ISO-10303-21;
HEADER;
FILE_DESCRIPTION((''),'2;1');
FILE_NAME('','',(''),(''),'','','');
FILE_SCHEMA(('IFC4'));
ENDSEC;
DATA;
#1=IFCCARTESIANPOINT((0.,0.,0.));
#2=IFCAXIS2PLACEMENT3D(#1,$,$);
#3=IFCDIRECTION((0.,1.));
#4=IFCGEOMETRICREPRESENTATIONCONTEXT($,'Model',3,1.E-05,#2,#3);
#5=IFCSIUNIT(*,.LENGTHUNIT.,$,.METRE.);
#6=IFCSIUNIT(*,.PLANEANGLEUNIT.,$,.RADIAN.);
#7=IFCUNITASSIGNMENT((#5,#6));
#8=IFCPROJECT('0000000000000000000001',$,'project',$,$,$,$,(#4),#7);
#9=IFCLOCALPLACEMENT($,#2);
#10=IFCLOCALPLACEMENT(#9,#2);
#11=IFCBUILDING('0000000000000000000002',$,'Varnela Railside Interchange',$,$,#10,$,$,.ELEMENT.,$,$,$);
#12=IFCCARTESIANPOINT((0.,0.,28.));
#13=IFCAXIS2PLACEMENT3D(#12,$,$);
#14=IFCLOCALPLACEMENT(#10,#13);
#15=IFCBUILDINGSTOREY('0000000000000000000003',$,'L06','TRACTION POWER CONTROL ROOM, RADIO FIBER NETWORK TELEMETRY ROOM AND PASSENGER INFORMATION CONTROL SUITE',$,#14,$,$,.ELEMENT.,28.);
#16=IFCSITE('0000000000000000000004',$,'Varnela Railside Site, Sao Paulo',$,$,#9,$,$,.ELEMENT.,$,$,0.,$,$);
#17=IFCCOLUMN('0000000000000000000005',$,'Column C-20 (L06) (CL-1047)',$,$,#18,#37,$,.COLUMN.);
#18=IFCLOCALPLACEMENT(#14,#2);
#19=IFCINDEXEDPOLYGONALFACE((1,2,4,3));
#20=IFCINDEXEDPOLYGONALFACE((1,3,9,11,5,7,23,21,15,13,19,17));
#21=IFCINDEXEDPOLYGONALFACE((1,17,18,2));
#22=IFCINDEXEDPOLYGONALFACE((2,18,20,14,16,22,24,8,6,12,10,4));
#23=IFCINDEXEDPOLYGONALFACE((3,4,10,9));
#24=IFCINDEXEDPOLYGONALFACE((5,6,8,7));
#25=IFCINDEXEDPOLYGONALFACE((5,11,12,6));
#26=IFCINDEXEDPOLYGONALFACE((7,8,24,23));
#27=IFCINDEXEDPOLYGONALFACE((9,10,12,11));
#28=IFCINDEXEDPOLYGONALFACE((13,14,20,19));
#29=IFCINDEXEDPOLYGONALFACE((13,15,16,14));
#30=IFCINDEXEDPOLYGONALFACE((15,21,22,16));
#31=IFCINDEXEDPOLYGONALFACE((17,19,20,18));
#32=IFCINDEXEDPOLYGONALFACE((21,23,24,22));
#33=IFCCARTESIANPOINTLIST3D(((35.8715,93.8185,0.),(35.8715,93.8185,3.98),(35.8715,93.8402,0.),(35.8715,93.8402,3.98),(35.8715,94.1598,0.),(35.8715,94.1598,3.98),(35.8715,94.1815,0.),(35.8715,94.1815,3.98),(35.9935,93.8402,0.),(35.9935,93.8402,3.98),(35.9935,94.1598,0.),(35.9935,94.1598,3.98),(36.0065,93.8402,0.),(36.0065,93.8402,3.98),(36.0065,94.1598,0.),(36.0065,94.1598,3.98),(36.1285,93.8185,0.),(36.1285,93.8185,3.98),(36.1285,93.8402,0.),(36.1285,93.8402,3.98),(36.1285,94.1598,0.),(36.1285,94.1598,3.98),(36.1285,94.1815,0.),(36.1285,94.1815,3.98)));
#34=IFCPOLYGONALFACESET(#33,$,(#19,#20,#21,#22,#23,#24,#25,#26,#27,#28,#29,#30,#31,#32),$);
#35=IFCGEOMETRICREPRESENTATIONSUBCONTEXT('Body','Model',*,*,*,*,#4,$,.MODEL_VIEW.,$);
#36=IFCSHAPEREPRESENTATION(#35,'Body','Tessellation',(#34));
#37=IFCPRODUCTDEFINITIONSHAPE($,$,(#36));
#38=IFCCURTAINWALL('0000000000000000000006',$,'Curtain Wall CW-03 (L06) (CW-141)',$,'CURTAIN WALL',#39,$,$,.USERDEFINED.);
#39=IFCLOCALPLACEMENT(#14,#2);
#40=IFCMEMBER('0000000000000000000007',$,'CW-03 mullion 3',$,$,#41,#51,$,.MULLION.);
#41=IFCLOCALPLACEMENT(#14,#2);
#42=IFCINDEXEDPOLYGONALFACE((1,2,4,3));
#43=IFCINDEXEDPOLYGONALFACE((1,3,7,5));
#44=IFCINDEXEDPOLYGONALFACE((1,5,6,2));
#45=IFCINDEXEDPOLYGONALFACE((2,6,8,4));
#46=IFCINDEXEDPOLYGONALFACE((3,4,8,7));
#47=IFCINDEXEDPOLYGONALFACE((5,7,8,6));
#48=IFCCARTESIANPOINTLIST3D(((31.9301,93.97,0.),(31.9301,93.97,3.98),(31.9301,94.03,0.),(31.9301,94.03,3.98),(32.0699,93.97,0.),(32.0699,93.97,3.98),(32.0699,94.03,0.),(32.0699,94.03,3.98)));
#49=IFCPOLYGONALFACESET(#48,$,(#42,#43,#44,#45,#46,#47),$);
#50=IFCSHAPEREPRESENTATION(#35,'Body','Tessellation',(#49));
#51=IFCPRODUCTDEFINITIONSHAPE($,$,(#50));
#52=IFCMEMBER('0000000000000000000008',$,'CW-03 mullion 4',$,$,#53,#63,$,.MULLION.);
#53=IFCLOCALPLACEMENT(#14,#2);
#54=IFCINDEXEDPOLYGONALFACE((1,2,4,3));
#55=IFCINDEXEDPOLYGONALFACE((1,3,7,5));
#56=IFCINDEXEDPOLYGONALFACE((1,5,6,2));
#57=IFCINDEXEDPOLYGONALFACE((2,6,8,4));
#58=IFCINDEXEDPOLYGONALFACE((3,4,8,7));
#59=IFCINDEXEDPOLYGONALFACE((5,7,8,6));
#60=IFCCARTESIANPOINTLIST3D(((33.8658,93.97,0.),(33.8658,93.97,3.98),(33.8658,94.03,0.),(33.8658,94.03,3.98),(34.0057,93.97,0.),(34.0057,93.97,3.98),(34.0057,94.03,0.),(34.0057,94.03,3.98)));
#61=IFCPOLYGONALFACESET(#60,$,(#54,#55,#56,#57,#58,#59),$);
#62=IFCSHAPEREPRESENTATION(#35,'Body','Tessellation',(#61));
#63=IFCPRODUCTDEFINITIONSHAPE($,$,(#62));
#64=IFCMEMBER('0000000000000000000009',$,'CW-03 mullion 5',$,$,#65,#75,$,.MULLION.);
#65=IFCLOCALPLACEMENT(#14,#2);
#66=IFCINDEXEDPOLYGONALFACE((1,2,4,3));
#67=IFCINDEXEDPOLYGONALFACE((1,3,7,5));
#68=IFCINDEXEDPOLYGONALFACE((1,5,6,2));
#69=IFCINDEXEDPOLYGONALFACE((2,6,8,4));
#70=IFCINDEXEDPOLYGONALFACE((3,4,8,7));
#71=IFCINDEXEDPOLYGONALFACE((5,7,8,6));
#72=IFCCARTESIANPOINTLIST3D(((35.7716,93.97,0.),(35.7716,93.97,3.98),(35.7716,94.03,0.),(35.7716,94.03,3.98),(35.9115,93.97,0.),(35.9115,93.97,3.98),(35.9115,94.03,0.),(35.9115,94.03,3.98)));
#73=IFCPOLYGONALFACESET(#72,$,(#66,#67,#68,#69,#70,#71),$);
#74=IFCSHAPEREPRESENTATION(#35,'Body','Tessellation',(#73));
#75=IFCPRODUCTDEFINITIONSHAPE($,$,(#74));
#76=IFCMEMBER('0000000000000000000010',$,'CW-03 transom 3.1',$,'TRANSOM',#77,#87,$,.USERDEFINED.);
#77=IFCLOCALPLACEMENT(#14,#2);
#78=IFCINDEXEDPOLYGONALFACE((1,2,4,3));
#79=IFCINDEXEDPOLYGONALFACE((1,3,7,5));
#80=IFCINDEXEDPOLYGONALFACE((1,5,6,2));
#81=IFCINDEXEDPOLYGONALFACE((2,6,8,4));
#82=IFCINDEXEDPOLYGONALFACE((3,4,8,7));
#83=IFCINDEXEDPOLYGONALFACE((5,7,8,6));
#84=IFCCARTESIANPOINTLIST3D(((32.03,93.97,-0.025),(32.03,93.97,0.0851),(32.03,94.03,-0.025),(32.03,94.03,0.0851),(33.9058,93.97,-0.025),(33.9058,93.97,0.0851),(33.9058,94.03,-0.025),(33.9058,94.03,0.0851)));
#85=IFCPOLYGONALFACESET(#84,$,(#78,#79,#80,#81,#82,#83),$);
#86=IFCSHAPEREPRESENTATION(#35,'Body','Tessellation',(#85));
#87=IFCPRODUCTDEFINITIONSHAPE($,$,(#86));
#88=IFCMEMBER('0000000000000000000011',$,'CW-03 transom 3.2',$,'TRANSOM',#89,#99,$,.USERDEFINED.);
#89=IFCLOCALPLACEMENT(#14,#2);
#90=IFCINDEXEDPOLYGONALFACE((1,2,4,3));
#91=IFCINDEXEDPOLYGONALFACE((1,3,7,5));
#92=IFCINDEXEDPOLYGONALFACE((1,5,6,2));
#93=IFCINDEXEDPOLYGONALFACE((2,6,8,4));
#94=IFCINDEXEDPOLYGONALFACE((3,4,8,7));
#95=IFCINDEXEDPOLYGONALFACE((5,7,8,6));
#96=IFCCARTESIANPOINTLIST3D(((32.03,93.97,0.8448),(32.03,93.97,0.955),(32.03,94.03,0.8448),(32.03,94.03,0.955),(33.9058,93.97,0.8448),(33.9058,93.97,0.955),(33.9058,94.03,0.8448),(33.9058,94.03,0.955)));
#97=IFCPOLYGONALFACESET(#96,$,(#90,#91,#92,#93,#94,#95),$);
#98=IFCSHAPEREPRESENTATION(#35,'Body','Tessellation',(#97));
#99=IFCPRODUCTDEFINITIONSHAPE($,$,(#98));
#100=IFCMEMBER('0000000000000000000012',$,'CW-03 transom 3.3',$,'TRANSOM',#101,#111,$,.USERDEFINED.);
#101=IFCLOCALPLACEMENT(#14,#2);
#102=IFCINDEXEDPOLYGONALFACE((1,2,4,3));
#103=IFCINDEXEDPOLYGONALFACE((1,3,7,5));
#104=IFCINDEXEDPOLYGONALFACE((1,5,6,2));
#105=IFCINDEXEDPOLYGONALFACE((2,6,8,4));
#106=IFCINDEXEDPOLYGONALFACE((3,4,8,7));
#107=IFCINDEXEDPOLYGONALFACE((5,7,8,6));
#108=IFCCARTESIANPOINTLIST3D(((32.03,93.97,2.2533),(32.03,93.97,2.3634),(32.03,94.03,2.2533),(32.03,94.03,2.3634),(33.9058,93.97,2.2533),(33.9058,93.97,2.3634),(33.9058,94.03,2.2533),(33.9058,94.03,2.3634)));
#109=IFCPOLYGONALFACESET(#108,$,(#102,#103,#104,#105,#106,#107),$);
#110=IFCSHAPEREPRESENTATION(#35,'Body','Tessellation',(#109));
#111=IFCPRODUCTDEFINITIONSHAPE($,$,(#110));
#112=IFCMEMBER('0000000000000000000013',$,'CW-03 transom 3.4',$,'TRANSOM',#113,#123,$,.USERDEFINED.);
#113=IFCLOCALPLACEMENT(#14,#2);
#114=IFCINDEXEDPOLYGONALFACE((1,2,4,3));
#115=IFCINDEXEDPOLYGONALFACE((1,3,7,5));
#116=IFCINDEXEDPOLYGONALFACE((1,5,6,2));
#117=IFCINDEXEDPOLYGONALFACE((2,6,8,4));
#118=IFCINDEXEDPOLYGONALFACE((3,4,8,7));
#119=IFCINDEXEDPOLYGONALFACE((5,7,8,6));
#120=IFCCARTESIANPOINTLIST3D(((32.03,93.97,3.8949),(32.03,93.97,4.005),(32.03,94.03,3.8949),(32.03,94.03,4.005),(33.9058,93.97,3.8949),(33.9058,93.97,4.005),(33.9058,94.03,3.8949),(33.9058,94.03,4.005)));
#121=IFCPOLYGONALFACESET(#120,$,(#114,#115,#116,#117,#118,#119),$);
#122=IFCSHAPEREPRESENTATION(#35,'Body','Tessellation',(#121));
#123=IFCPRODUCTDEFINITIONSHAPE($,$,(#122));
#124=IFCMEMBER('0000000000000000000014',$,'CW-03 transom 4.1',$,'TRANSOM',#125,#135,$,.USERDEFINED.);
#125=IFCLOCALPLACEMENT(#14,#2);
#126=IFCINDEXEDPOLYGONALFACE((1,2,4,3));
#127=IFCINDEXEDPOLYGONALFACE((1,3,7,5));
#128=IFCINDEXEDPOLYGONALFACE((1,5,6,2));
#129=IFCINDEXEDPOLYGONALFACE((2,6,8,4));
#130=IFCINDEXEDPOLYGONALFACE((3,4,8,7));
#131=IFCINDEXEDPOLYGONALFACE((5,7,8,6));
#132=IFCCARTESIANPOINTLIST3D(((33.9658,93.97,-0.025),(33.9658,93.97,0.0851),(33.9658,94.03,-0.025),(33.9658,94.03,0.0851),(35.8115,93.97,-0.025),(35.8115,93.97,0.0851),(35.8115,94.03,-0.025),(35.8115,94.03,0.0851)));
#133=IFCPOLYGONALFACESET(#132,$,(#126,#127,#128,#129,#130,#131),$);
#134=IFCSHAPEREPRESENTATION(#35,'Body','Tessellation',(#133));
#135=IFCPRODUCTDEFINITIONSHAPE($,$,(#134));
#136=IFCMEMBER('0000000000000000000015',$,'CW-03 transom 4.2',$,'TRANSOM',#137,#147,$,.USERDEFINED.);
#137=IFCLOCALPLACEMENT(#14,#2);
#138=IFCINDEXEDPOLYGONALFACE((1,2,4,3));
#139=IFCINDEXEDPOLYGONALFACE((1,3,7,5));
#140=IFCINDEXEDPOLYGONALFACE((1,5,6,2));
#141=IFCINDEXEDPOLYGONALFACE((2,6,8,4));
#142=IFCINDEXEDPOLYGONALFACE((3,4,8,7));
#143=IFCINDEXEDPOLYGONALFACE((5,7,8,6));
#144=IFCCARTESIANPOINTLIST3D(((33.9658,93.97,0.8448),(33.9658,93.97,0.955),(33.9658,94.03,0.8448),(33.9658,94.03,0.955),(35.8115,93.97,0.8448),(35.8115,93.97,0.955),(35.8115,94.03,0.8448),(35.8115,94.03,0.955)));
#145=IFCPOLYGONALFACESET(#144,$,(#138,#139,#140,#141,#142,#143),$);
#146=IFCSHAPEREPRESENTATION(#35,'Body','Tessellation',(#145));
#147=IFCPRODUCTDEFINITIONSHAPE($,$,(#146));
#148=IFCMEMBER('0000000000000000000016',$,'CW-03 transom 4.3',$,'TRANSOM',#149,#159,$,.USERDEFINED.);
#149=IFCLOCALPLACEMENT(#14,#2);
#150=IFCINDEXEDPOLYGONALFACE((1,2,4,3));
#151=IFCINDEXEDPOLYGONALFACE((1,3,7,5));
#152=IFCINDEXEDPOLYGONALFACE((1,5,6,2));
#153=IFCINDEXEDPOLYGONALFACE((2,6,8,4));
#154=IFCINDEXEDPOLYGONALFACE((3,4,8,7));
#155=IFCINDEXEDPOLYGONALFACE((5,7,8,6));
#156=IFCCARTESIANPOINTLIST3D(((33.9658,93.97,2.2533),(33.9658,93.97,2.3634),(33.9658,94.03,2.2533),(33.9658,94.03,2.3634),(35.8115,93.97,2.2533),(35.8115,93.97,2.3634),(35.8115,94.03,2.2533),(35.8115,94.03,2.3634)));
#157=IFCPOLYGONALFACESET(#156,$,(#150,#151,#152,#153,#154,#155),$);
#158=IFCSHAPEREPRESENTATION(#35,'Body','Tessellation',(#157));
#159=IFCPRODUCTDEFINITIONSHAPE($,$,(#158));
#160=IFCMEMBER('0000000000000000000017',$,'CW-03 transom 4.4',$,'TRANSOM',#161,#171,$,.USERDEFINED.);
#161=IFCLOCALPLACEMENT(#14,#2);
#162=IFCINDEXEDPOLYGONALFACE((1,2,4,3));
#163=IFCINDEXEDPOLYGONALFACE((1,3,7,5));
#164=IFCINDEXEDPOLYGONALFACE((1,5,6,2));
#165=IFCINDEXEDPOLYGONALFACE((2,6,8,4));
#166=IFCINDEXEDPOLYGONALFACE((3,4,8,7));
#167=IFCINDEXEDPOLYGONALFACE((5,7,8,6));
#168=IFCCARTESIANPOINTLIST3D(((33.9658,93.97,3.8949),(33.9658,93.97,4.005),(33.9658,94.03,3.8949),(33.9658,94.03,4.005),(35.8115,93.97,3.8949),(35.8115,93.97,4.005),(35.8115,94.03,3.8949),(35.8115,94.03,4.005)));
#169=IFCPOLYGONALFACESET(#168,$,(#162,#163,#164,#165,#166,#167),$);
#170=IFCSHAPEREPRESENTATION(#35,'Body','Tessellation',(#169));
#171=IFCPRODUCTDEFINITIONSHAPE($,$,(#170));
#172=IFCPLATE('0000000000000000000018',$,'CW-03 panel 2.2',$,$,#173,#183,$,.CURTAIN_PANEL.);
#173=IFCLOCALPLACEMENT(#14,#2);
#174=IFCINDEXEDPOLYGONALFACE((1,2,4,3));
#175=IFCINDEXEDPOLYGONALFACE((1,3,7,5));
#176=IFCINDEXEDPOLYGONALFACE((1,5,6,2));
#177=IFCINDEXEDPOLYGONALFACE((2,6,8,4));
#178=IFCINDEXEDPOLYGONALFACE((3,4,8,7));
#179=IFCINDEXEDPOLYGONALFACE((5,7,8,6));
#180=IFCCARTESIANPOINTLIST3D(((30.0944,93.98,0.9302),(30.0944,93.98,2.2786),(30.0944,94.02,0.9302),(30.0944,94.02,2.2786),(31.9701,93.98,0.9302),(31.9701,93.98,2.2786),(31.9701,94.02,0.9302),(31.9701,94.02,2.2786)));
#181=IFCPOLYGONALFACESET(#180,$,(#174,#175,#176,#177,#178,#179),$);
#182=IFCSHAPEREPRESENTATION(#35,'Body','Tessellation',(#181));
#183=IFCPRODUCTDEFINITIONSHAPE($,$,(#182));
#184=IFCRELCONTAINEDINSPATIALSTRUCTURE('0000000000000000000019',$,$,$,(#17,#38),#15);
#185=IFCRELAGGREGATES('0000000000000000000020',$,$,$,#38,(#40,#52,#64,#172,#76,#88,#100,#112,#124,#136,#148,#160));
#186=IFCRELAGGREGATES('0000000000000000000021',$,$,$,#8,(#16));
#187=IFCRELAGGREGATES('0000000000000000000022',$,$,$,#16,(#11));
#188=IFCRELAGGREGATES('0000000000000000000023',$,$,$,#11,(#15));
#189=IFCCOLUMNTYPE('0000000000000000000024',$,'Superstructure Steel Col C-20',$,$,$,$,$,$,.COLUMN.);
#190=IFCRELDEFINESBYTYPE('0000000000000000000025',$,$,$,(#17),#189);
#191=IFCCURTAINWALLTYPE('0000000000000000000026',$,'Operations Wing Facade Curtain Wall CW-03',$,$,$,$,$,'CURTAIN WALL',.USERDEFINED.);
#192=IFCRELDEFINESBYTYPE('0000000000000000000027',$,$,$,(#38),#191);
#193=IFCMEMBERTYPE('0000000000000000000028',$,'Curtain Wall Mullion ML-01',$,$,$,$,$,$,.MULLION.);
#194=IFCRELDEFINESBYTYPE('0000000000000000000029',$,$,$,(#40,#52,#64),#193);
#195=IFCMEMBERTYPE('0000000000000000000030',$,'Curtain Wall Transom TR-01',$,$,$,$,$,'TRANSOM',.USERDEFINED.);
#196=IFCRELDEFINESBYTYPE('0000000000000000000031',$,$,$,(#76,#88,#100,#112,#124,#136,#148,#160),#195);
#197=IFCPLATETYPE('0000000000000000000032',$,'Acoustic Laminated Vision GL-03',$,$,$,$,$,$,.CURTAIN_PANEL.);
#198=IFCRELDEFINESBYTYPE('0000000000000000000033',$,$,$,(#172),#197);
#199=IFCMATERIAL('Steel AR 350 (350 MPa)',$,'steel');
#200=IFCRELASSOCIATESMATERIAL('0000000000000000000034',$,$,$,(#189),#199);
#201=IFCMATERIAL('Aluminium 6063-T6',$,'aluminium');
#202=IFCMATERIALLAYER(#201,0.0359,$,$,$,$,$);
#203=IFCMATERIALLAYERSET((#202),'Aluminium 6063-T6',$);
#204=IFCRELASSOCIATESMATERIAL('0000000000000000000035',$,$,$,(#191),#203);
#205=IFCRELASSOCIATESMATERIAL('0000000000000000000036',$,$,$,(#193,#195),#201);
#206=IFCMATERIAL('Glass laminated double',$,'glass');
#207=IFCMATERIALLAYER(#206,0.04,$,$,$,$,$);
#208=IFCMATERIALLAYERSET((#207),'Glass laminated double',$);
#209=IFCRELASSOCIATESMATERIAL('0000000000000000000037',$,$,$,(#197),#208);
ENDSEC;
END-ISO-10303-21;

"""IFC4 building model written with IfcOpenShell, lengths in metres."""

from ifc_helpers import new_model, si_unit, direction, frame, origin, origin_2d, place, context, subcontext, project, spatial, rectangle, i_section, extrude, material, layer, layer_set, material_profile, profile_set, type_object, element, aggregate, save


model = new_model("IFC4")

# Units and contexts
model_context = context("Model", 3, precision=1e-05, world=origin(), true_north=direction((0.0, 1.0)))
body_context = subcontext(model_context, "Body", "Model", "MODEL_VIEW")
ifc_project = project(units=[si_unit("LENGTHUNIT", "METRE"), si_unit("PLANEANGLEUNIT", "RADIAN")], contexts=[model_context])

# Site, building, storey
site_placement = place(None, origin())
site = spatial("IfcSite", under=ifc_project, at=site_placement, Name="Varnela Railside Site, Sao Paulo", CompositionType="ELEMENT", RefElevation=0.0)
building_placement = place(site_placement, origin())
building = spatial("IfcBuilding", under=site, at=building_placement, Name="Varnela Railside Interchange", CompositionType="ELEMENT")
storey_placement = place(building_placement, frame((0.0, 0.0, 28.0)))
storey = spatial("IfcBuildingStorey", under=building, at=storey_placement, Name="L06", Description="TRACTION POWER CONTROL ROOM, RADIO FIBER NETWORK TELEMETRY ROOM AND PASSENGER INFORMATION CONTROL SUITE", CompositionType="ELEMENT", Elevation=28.0)

# Column
ifc_material_1 = material(Name="Steel AR 350 (350 MPa)", Category="steel")
ifc_material_profile_1 = material_profile(ifc_material_1, i_section(OverallWidth=0.2571, OverallDepth=0.363, WebThickness=0.0129, FlangeThickness=0.0217, at=origin_2d()), Name="W360x122")
ifc_profile_set_1 = profile_set([ifc_material_profile_1], Name="Steel AR 350 (350 MPa)")
column_type = type_object("IfcColumnType", Name="Superstructure Steel Col C-20", PredefinedType="COLUMN", material=ifc_profile_set_1)
column_placement = place(storey_placement, frame((36.0, 94.0, 0.0), z_axis=(0.0, 0.0, 1.0), x_axis=(1.0, 0.0, 0.0)))
element("IfcColumn", 1, at=column_placement, inside=storey, type_object=column_type, Name="Column C-20 (L06) (CL-1047)", PredefinedType="COLUMN", context=body_context, shape_type="SweptSolid", body=[
    extrude(i_section(OverallWidth=0.2571, OverallDepth=0.363, WebThickness=0.0129, FlangeThickness=0.0217, at=origin_2d()), origin(), (0.0, 0.0, 1.0), 3.98),
])

# Curtain wall, members, plate
ifc_material_2 = material(Name="Aluminium 6063-T6", Category="aluminium")
ifc_layer_1 = layer(ifc_material_2, 0.0359)
ifc_layer_set_1 = layer_set([ifc_layer_1], Name="Aluminium 6063-T6")
curtain_wall_type = type_object("IfcCurtainWallType", Name="Operations Wing Facade Curtain Wall CW-03", ElementType="CURTAIN WALL", PredefinedType="USERDEFINED", material=ifc_layer_set_1)
curtain_wall_placement = place(storey_placement, origin())
curtain_wall = element("IfcCurtainWall", 2, at=curtain_wall_placement, inside=storey, type_object=curtain_wall_type, Name="Curtain Wall CW-03 (L06) (CW-141)", ObjectType="CURTAIN WALL", PredefinedType="USERDEFINED")
ifc_material_profile_2 = material_profile(ifc_material_2, rectangle(XDim=0.0601, YDim=0.1399, at=origin_2d()), Name="ALU 60x140")
ifc_profile_set_2 = profile_set([ifc_material_profile_2], Name="Aluminium 6063-T6")
member_type_1 = type_object("IfcMemberType", Name="Curtain Wall Mullion ML-01", PredefinedType="MULLION", material=ifc_profile_set_2)
member_1_placement = place(storey_placement, frame((32.0, 94.0, 0.0), z_axis=(0.0, 0.0, 1.0), x_axis=(0.0, 1.0, 0.0)))
member_1 = element("IfcMember", 3, at=member_1_placement, type_object=member_type_1, Name="CW-03 mullion 3", PredefinedType="MULLION", context=body_context, shape_type="SweptSolid", body=[
    extrude(rectangle(XDim=0.0601, YDim=0.1399, at=origin_2d()), origin(), (0.0, 0.0, 1.0), 3.98),
])
member_2_placement = place(storey_placement, frame((33.9358, 94.0, 0.0), z_axis=(0.0, 0.0, 1.0), x_axis=(0.0, 1.0, 0.0)))
member_2 = element("IfcMember", 4, at=member_2_placement, type_object=member_type_1, Name="CW-03 mullion 4", PredefinedType="MULLION", context=body_context, shape_type="SweptSolid", body=[
    extrude(rectangle(XDim=0.0601, YDim=0.1399, at=origin_2d()), origin(), (0.0, 0.0, 1.0), 3.98),
])
member_3_placement = place(storey_placement, frame((35.8416, 94.0, 0.0), z_axis=(0.0, 0.0, 1.0), x_axis=(0.0, 1.0, 0.0)))
member_3 = element("IfcMember", 5, at=member_3_placement, type_object=member_type_1, Name="CW-03 mullion 5", PredefinedType="MULLION", context=body_context, shape_type="SweptSolid", body=[
    extrude(rectangle(XDim=0.0601, YDim=0.1399, at=origin_2d()), origin(), (0.0, 0.0, 1.0), 3.98),
])
ifc_material_profile_3 = material_profile(ifc_material_2, rectangle(XDim=0.0601, YDim=0.1101, at=origin_2d()), Name="ALU 60x110")
ifc_profile_set_3 = profile_set([ifc_material_profile_3], Name="Aluminium 6063-T6")
member_type_2 = type_object("IfcMemberType", Name="Curtain Wall Transom TR-01", ElementType="TRANSOM", PredefinedType="USERDEFINED", material=ifc_profile_set_3)
member_4_placement = place(storey_placement, frame((32.03, 94.0, 0.03), z_axis=(1.0, 0.0, 0.0), x_axis=(0.0, 1.0, 0.0)))
member_4 = element("IfcMember", 6, at=member_4_placement, type_object=member_type_2, Name="CW-03 transom 3.1", ObjectType="TRANSOM", PredefinedType="USERDEFINED", context=body_context, shape_type="SweptSolid", body=[
    extrude(rectangle(XDim=0.0601, YDim=0.1101, at=origin_2d()), origin(), (0.0, 0.0, 1.0), 1.8757),
])
member_5_placement = place(storey_placement, frame((32.03, 94.0, 0.8999), z_axis=(1.0, 0.0, 0.0), x_axis=(0.0, 1.0, 0.0)))
member_5 = element("IfcMember", 7, at=member_5_placement, type_object=member_type_2, Name="CW-03 transom 3.2", ObjectType="TRANSOM", PredefinedType="USERDEFINED", context=body_context, shape_type="SweptSolid", body=[
    extrude(rectangle(XDim=0.0601, YDim=0.1101, at=origin_2d()), origin(), (0.0, 0.0, 1.0), 1.8757),
])
member_6_placement = place(storey_placement, frame((32.03, 94.0, 2.3083), z_axis=(1.0, 0.0, 0.0), x_axis=(0.0, 1.0, 0.0)))
member_6 = element("IfcMember", 8, at=member_6_placement, type_object=member_type_2, Name="CW-03 transom 3.3", ObjectType="TRANSOM", PredefinedType="USERDEFINED", context=body_context, shape_type="SweptSolid", body=[
    extrude(rectangle(XDim=0.0601, YDim=0.1101, at=origin_2d()), origin(), (0.0, 0.0, 1.0), 1.8757),
])
member_7_placement = place(storey_placement, frame((32.03, 94.0, 3.95), z_axis=(1.0, 0.0, 0.0), x_axis=(0.0, 1.0, 0.0)))
member_7 = element("IfcMember", 9, at=member_7_placement, type_object=member_type_2, Name="CW-03 transom 3.4", ObjectType="TRANSOM", PredefinedType="USERDEFINED", context=body_context, shape_type="SweptSolid", body=[
    extrude(rectangle(XDim=0.0601, YDim=0.1101, at=origin_2d()), origin(), (0.0, 0.0, 1.0), 1.8757),
])
member_8_placement = place(storey_placement, frame((33.9658, 94.0, 0.03), z_axis=(1.0, 0.0, 0.0), x_axis=(0.0, 1.0, 0.0)))
member_8 = element("IfcMember", 10, at=member_8_placement, type_object=member_type_2, Name="CW-03 transom 4.1", ObjectType="TRANSOM", PredefinedType="USERDEFINED", context=body_context, shape_type="SweptSolid", body=[
    extrude(rectangle(XDim=0.0601, YDim=0.1101, at=origin_2d()), origin(), (0.0, 0.0, 1.0), 1.8457),
])
member_9_placement = place(storey_placement, frame((33.9658, 94.0, 0.8999), z_axis=(1.0, 0.0, 0.0), x_axis=(0.0, 1.0, 0.0)))
member_9 = element("IfcMember", 11, at=member_9_placement, type_object=member_type_2, Name="CW-03 transom 4.2", ObjectType="TRANSOM", PredefinedType="USERDEFINED", context=body_context, shape_type="SweptSolid", body=[
    extrude(rectangle(XDim=0.0601, YDim=0.1101, at=origin_2d()), origin(), (0.0, 0.0, 1.0), 1.8457),
])
member_10_placement = place(storey_placement, frame((33.9658, 94.0, 2.3083), z_axis=(1.0, 0.0, 0.0), x_axis=(0.0, 1.0, 0.0)))
member_10 = element("IfcMember", 12, at=member_10_placement, type_object=member_type_2, Name="CW-03 transom 4.3", ObjectType="TRANSOM", PredefinedType="USERDEFINED", context=body_context, shape_type="SweptSolid", body=[
    extrude(rectangle(XDim=0.0601, YDim=0.1101, at=origin_2d()), origin(), (0.0, 0.0, 1.0), 1.8457),
])
member_11_placement = place(storey_placement, frame((33.9658, 94.0, 3.95), z_axis=(1.0, 0.0, 0.0), x_axis=(0.0, 1.0, 0.0)))
member_11 = element("IfcMember", 13, at=member_11_placement, type_object=member_type_2, Name="CW-03 transom 4.4", ObjectType="TRANSOM", PredefinedType="USERDEFINED", context=body_context, shape_type="SweptSolid", body=[
    extrude(rectangle(XDim=0.0601, YDim=0.1101, at=origin_2d()), origin(), (0.0, 0.0, 1.0), 1.8457),
])
ifc_material_3 = material(Name="Glass laminated double", Category="glass")
ifc_layer_2 = layer(ifc_material_3, 0.04)
ifc_layer_set_2 = layer_set([ifc_layer_2], Name="Glass laminated double")
plate_type = type_object("IfcPlateType", Name="Acoustic Laminated Vision GL-03", PredefinedType="CURTAIN_PANEL", material=ifc_layer_set_2)
plate_1_placement = place(storey_placement, frame((31.0322, 94.0, 0.9302), z_axis=(0.0, 0.0, 1.0), x_axis=(1.0, 0.0, 0.0)))
plate_1 = element("IfcPlate", 14, at=plate_1_placement, type_object=plate_type, Name="CW-03 panel 2.2", PredefinedType="CURTAIN_PANEL", context=body_context, shape_type="SweptSolid", body=[
    extrude(rectangle(XDim=1.8757, YDim=0.04, at=origin_2d()), origin(), (0.0, 0.0, 1.0), 1.3484),
])
aggregate(curtain_wall, [member_1, member_2, member_3, plate_1, member_4, member_5, member_6, member_7, member_8, member_9, member_10, member_11])

save(model, "model.ifc")
